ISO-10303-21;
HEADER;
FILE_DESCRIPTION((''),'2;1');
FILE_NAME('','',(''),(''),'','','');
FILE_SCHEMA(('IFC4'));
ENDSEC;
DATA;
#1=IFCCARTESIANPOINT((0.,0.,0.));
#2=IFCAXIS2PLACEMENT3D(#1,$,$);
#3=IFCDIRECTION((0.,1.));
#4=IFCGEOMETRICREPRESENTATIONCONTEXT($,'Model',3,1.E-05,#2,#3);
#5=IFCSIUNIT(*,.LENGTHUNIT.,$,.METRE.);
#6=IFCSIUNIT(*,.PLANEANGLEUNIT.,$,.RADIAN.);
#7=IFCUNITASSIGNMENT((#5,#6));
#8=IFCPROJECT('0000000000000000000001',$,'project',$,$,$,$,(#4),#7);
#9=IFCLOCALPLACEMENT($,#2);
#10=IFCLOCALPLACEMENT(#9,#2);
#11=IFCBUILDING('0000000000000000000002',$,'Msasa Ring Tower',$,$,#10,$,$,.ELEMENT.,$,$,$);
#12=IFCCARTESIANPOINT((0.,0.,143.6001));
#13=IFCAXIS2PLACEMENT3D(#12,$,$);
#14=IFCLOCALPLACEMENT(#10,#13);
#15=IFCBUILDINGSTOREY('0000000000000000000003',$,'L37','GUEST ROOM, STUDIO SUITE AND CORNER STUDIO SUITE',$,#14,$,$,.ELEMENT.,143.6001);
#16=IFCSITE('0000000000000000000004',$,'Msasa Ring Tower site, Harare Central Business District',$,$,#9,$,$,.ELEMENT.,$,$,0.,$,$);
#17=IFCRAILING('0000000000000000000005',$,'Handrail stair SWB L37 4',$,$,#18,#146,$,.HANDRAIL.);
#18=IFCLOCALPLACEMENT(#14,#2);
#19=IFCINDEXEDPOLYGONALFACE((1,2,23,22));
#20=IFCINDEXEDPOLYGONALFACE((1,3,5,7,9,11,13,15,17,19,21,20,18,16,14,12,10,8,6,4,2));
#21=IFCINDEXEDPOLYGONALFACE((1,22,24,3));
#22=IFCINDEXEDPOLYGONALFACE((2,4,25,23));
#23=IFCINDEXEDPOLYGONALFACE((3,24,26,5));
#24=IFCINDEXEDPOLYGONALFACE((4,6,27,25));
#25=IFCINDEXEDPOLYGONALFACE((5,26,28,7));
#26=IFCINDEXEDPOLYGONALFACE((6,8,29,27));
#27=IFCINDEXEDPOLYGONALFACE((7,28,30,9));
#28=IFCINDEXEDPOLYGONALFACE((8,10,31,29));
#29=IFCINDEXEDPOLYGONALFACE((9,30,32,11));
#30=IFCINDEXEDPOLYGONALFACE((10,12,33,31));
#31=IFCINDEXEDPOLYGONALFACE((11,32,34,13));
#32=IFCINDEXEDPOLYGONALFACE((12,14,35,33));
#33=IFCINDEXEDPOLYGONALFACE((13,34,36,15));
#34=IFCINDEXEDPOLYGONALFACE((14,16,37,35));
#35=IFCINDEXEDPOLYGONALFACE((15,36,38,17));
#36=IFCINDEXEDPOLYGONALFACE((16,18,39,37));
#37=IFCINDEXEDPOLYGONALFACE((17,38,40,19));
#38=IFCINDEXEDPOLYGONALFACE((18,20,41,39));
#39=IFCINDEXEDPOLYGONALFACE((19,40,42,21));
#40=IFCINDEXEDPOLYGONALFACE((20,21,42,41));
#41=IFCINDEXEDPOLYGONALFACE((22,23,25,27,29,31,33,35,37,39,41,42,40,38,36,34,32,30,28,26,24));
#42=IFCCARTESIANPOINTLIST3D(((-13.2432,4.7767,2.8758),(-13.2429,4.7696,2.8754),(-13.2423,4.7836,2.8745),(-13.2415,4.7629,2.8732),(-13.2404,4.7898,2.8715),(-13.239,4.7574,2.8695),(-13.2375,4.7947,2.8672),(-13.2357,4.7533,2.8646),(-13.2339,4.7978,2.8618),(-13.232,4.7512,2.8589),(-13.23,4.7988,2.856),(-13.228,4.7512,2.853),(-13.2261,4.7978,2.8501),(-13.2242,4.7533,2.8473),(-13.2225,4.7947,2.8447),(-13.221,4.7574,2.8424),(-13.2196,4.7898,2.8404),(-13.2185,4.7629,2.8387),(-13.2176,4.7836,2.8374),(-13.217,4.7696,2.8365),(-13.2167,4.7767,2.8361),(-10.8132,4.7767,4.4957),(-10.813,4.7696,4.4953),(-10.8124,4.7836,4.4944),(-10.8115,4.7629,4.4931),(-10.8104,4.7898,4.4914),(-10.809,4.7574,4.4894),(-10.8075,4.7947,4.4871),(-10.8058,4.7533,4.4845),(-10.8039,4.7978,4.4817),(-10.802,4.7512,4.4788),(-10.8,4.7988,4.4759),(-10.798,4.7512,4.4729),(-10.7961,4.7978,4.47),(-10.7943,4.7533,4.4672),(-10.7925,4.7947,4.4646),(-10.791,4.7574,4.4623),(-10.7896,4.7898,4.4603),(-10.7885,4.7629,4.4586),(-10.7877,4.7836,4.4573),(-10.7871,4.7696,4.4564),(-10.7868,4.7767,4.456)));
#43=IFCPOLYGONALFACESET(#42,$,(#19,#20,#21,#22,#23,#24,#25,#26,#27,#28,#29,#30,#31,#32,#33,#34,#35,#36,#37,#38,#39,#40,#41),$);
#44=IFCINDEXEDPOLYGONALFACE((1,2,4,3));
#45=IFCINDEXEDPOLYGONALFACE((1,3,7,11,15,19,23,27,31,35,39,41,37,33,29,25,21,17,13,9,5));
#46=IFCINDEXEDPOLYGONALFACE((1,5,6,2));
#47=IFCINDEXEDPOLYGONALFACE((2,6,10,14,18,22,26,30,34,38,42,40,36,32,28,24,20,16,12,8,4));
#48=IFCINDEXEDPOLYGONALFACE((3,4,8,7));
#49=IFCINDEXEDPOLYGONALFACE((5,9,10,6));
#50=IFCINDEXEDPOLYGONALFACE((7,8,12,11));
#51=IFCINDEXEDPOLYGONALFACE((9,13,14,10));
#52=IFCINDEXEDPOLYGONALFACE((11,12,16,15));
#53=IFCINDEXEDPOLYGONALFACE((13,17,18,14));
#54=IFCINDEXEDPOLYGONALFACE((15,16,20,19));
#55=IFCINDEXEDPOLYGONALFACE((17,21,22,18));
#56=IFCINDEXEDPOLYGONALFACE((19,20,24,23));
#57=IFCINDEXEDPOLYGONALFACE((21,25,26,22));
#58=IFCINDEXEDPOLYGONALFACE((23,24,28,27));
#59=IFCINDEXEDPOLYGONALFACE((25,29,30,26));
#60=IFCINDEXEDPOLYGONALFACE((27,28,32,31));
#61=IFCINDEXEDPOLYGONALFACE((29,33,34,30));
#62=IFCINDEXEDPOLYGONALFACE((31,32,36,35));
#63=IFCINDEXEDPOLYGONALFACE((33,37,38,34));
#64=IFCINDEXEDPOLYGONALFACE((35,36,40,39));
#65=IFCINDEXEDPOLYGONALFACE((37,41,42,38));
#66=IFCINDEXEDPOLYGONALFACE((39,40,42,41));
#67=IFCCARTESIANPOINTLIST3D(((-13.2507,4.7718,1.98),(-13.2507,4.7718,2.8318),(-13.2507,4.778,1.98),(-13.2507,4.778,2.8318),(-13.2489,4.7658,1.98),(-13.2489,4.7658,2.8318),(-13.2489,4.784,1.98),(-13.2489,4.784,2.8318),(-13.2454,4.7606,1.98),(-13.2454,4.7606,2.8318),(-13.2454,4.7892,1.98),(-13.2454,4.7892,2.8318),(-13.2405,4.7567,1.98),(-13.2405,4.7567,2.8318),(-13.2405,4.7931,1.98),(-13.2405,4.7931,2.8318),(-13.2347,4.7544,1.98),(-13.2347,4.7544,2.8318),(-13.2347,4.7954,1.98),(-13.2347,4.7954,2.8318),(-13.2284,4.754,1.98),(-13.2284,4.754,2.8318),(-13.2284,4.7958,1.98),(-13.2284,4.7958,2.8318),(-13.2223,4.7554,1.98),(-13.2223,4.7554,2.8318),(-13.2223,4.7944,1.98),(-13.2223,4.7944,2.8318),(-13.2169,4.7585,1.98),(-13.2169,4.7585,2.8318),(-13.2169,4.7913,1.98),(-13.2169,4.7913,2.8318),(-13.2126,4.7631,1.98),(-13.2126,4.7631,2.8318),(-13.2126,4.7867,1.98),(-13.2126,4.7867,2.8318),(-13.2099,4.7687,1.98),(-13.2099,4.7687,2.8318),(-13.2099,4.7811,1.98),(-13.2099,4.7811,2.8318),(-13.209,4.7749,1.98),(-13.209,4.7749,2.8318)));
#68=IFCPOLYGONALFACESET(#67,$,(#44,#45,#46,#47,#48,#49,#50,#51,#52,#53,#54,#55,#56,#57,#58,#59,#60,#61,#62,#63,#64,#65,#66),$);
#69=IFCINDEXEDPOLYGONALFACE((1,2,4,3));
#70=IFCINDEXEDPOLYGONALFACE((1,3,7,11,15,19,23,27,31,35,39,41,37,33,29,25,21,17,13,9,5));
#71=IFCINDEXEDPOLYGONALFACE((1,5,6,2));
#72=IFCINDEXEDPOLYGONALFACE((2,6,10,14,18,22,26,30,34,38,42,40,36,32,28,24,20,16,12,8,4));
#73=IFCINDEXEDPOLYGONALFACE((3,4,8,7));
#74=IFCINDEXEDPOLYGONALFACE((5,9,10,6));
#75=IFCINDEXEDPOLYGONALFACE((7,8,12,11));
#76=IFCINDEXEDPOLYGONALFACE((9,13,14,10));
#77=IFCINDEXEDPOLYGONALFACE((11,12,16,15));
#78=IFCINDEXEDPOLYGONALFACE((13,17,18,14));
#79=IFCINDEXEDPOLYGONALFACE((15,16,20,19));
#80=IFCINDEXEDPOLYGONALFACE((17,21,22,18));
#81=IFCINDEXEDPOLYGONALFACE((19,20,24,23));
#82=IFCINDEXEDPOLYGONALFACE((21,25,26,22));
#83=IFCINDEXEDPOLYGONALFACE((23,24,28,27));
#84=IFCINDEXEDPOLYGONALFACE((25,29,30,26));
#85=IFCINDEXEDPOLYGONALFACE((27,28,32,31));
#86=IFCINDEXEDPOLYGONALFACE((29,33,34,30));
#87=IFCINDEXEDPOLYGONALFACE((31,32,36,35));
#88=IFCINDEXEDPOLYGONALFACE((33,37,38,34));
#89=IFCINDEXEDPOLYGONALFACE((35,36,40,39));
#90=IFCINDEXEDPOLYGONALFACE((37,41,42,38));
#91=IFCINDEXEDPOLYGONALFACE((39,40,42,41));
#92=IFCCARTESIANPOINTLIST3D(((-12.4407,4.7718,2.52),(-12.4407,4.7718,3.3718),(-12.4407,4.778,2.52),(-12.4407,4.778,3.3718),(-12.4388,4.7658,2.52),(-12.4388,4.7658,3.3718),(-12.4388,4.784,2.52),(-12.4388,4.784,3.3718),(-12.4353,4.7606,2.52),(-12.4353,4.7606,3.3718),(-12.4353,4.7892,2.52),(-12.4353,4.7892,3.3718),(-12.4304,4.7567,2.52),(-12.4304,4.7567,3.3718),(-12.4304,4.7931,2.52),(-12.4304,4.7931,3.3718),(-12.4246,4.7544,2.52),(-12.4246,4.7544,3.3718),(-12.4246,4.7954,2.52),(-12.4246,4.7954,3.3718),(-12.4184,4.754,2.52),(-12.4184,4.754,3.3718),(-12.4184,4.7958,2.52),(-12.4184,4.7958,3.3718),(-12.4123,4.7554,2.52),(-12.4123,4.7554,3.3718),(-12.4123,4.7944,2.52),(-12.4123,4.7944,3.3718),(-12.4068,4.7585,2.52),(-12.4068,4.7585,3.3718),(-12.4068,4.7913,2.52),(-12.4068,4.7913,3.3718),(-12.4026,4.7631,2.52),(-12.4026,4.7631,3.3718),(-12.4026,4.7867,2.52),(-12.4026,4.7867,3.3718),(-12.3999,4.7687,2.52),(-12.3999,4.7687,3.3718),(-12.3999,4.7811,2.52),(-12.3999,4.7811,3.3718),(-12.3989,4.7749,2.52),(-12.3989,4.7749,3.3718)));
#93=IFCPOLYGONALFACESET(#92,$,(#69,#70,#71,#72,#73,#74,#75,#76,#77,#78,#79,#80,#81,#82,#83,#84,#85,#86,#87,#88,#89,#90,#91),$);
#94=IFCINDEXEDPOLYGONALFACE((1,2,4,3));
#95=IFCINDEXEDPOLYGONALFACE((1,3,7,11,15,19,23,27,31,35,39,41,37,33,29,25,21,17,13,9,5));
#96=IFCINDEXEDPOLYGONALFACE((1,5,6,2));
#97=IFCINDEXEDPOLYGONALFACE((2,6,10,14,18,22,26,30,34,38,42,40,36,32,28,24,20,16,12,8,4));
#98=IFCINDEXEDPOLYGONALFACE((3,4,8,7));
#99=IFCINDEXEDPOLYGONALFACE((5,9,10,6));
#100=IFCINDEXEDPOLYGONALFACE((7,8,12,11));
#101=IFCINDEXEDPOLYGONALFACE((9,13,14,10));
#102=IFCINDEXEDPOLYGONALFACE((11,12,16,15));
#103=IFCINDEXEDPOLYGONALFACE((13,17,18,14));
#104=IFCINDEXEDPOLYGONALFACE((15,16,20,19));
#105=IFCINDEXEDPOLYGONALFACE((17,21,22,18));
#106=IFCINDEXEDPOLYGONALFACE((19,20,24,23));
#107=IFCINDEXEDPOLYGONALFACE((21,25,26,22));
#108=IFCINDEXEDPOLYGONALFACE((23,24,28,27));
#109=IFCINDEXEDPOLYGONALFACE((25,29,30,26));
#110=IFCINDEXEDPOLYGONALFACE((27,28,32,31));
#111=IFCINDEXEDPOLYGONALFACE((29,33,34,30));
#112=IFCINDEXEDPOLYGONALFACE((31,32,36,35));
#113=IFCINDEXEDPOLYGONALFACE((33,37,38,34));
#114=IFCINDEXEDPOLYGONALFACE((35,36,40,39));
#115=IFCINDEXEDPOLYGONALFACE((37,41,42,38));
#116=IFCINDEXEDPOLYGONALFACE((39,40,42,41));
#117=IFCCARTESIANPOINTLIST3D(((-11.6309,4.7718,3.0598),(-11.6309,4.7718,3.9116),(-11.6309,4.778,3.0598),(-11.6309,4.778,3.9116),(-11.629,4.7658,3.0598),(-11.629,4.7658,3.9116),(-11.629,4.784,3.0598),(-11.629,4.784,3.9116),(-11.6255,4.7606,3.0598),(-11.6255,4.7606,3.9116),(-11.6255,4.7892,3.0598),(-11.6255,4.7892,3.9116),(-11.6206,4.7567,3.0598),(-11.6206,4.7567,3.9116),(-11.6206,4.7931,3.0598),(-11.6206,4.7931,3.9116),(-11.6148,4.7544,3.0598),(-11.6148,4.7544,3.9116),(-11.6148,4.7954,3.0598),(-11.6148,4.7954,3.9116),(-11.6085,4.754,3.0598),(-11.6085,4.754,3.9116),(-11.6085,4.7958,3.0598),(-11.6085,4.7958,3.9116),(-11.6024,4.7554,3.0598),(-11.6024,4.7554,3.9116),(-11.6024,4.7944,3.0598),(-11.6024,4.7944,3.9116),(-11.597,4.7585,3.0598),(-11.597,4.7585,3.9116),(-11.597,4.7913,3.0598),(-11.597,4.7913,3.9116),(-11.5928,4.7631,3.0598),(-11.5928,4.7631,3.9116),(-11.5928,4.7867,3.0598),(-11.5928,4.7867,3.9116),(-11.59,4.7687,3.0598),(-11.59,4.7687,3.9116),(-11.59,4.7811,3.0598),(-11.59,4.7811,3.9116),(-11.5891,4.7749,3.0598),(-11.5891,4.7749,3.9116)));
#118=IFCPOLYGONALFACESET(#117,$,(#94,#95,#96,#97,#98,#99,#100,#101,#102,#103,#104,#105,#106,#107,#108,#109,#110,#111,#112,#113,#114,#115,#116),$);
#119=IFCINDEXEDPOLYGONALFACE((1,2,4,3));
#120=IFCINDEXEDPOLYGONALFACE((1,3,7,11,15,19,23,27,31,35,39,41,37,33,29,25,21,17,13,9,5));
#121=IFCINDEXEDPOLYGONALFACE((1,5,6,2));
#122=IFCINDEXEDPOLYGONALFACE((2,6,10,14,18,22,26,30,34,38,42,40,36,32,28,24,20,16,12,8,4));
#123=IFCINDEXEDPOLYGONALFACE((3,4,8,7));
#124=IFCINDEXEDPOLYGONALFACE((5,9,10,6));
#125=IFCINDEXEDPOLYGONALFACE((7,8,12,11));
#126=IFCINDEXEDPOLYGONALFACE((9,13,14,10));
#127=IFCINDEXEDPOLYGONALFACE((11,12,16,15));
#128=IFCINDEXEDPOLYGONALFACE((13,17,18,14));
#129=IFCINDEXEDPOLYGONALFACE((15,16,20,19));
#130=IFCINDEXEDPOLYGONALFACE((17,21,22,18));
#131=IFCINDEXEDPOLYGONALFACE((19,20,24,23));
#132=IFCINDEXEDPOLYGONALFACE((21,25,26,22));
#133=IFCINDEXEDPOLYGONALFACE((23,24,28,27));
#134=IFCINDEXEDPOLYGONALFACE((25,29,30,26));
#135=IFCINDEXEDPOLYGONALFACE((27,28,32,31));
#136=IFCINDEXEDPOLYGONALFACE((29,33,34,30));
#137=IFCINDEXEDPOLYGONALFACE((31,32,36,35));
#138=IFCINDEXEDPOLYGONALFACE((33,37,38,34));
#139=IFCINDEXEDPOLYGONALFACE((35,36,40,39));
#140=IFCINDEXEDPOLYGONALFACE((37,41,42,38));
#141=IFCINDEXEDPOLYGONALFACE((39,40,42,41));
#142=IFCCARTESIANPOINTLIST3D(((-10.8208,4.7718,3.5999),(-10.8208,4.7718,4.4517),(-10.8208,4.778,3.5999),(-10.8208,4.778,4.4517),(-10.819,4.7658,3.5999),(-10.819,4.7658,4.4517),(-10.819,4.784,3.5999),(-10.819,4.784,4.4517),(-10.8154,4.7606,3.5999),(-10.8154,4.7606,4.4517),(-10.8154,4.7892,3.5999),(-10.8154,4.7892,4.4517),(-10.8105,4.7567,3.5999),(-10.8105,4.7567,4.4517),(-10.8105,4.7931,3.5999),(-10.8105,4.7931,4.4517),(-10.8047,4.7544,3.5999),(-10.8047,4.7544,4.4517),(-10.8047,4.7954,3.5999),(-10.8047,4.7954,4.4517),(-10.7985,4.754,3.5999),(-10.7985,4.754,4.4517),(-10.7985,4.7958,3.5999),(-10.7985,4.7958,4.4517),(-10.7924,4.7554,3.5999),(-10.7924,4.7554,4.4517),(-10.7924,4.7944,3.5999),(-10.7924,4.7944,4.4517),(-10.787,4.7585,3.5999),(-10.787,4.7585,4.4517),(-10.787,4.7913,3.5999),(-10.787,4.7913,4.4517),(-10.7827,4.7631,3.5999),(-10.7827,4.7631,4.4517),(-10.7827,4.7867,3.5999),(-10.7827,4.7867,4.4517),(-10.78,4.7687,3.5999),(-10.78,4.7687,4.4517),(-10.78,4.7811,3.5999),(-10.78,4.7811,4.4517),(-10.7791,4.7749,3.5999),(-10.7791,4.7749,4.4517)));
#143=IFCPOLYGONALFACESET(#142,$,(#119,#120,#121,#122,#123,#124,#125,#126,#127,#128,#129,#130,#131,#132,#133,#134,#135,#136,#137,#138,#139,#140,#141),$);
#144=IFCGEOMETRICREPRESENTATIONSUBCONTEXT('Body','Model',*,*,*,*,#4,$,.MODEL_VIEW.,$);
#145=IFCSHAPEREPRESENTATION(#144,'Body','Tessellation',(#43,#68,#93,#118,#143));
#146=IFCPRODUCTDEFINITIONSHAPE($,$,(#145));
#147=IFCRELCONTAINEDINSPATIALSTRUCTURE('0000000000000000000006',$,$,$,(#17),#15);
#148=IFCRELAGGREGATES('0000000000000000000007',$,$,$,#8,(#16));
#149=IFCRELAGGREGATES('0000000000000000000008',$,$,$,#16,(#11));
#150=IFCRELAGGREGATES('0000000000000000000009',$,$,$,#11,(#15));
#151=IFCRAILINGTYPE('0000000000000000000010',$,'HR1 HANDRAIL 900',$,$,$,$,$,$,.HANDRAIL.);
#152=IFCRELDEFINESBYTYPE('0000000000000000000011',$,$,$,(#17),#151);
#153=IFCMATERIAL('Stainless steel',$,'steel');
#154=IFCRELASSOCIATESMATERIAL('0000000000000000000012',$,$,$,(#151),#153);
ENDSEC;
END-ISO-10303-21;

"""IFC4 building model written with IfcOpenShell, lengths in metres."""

from ifc_helpers import new_model, si_unit, direction, frame, origin, origin_2d, place, context, subcontext, project, spatial, circle, extrude, material, type_object, element, save


model = new_model("IFC4")

# Units and contexts
model_context = context("Model", 3, precision=1e-05, world=origin(), true_north=direction((0.0, 1.0)))
body_context = subcontext(model_context, "Body", "Model", "MODEL_VIEW")
ifc_project = project(units=[si_unit("LENGTHUNIT", "METRE"), si_unit("PLANEANGLEUNIT", "RADIAN")], contexts=[model_context])

# Site, building, storey
site_placement = place(None, origin())
site = spatial("IfcSite", under=ifc_project, at=site_placement, Name="Msasa Ring Tower site, Harare Central Business District", CompositionType="ELEMENT", RefElevation=0.0)
building_placement = place(site_placement, origin())
building = spatial("IfcBuilding", under=site, at=building_placement, Name="Msasa Ring Tower", CompositionType="ELEMENT")
storey_placement = place(building_placement, frame((0.0, 0.0, 143.6001)))
storey = spatial("IfcBuildingStorey", under=building, at=storey_placement, Name="L37", Description="GUEST ROOM, STUDIO SUITE AND CORNER STUDIO SUITE", CompositionType="ELEMENT", Elevation=143.6001)

# Railing
ifc_material_1 = material(Name="Stainless steel", Category="steel")
railing_type = type_object("IfcRailingType", Name="HR1 HANDRAIL 900", PredefinedType="HANDRAIL", material=ifc_material_1)
railing_placement = place(storey_placement, frame((-13.23, 4.7749, 1.98)))
element("IfcRailing", 1, at=railing_placement, inside=storey, type_object=railing_type, Name="Handrail stair SWB L37 4", PredefinedType="HANDRAIL", context=body_context, shape_type="SweptSolid", body=[
    extrude(circle(Radius=0.0239, at=origin_2d()), frame((0.0, 0.0, 0.876), z_axis=(0.832063, 0.0, 0.554681), x_axis=(0.0, 1.0, 0.0)), (0.0, 0.0, 1.0), 2.9204),
    extrude(circle(Radius=0.021, at=origin_2d()), origin(), (0.0, 0.0, 1.0), 0.8518),
    extrude(circle(Radius=0.021, at=origin_2d()), frame((0.8101, 0.0, 0.54)), (0.0, 0.0, 1.0), 0.8518),
    extrude(circle(Radius=0.021, at=origin_2d()), frame((1.6199, 0.0, 1.0798)), (0.0, 0.0, 1.0), 0.8518),
    extrude(circle(Radius=0.021, at=origin_2d()), frame((2.4299, 0.0, 1.6199)), (0.0, 0.0, 1.0), 0.8518),
])

save(model, "model.ifc")
